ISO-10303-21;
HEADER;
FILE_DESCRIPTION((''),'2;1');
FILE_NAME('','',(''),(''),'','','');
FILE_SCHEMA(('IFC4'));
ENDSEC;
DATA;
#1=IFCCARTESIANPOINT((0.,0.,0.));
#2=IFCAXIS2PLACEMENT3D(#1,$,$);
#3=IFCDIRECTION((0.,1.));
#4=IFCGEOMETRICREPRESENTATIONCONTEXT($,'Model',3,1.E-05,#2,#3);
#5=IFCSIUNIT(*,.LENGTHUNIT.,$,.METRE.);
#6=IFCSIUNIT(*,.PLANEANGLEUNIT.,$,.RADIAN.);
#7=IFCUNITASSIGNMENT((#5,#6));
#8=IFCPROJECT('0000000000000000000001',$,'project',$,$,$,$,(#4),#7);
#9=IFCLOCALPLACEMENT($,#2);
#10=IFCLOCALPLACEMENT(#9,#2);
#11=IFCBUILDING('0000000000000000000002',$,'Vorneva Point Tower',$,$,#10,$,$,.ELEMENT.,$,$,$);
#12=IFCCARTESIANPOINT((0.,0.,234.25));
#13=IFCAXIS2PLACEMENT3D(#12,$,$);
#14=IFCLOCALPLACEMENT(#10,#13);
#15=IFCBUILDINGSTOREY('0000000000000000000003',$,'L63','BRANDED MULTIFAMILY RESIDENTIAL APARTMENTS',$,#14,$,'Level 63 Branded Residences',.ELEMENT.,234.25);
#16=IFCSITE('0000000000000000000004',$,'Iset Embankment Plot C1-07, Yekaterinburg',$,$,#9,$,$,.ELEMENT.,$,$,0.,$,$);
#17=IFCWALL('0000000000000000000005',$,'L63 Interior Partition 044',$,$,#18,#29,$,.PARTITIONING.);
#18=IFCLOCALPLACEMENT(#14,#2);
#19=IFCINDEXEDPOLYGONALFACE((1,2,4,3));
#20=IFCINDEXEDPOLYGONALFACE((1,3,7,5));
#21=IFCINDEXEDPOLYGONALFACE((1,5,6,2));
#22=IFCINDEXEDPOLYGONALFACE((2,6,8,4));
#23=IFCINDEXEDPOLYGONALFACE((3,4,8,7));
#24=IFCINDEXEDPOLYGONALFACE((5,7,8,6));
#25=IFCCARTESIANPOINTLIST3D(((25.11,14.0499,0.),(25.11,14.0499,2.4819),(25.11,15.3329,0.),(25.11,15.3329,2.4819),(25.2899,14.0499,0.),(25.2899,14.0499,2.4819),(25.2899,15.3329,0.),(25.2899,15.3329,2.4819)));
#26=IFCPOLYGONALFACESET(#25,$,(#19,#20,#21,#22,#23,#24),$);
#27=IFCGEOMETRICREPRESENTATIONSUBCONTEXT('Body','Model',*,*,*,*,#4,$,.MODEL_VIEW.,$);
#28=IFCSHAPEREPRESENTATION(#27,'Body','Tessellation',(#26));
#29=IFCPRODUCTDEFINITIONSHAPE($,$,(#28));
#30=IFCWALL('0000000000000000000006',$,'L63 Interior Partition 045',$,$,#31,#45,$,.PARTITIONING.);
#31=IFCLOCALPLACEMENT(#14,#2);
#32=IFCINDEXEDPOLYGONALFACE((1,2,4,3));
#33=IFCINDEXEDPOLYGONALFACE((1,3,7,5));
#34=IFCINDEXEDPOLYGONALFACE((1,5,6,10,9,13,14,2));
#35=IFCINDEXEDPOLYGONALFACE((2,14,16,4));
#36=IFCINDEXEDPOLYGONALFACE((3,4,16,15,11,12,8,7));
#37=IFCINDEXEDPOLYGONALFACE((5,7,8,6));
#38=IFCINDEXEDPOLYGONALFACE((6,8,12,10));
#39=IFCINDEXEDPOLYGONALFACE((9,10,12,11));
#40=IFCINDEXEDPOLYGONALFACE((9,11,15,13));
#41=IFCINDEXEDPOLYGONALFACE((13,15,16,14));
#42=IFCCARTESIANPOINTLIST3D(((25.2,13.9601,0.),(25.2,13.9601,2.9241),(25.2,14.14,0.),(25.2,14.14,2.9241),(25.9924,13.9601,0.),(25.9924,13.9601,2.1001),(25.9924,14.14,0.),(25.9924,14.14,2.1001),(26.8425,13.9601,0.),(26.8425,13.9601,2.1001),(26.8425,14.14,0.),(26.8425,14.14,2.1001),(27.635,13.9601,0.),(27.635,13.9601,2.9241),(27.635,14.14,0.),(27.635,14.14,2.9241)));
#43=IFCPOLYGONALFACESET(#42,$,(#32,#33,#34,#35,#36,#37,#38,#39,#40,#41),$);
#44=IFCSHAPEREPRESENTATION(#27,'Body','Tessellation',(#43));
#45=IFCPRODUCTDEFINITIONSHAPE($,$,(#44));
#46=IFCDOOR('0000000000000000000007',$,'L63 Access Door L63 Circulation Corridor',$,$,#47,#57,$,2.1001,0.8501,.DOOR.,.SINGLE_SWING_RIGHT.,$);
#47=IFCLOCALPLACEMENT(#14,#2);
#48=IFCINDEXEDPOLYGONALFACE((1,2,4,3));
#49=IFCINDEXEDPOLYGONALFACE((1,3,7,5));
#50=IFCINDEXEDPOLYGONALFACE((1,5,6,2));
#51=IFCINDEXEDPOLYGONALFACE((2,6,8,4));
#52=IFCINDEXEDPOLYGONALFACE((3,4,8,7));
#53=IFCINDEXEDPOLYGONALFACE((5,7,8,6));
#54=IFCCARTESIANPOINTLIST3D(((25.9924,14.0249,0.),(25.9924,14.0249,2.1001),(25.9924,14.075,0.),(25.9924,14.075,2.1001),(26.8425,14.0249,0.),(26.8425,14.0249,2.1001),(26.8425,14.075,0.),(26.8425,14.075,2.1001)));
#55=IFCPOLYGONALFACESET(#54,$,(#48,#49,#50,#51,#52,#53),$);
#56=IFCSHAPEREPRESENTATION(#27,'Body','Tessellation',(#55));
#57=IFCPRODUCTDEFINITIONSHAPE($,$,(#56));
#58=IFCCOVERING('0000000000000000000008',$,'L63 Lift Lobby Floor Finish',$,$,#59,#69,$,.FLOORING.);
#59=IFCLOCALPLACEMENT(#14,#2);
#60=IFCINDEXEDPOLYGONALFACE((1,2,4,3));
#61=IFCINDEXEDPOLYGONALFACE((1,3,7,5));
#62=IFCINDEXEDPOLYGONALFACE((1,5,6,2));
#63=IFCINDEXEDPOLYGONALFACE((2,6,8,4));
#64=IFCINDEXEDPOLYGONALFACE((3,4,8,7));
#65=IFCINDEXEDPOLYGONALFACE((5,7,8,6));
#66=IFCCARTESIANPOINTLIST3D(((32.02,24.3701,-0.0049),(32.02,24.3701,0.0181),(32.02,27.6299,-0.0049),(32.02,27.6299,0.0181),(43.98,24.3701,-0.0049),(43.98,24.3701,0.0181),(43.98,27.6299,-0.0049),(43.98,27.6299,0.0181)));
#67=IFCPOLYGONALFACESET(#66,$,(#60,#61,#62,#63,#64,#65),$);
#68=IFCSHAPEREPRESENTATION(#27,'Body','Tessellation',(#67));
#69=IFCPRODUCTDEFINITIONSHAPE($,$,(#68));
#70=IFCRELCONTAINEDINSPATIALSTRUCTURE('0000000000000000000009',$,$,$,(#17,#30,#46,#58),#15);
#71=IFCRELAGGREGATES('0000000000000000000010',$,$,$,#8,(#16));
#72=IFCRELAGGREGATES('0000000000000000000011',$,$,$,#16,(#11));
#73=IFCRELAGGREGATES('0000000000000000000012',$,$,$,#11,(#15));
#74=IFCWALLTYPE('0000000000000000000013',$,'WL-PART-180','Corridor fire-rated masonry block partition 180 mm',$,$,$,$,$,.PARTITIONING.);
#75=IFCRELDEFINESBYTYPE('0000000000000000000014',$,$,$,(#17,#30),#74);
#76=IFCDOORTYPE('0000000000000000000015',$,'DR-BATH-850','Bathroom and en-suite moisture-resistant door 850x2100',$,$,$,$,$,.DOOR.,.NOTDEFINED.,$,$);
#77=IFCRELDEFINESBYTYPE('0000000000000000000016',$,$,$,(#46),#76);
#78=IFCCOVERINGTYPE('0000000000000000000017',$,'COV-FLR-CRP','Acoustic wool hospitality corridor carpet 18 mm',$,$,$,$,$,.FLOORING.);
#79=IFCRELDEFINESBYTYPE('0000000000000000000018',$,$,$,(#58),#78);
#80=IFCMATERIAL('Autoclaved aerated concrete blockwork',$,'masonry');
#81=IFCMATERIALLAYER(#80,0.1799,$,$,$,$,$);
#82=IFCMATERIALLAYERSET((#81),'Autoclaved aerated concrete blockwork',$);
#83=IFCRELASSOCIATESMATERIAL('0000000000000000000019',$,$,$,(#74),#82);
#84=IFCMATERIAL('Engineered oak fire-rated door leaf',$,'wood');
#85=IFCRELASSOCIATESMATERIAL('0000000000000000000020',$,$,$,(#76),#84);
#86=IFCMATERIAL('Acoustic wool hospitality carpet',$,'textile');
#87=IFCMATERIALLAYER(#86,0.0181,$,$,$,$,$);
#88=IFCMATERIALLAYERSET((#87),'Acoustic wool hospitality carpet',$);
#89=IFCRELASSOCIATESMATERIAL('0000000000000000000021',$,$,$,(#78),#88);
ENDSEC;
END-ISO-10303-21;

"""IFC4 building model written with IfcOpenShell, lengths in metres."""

from ifc_helpers import new_model, si_unit, direction, frame, frame_2d, origin, place, context, subcontext, project, spatial, polyline, rectangle, outline, extrude, material, layer, layer_set, type_object, element, fill, save


model = new_model("IFC4")

# Units and contexts
model_context = context("Model", 3, precision=1e-05, world=origin(), true_north=direction((0.0, 1.0)))
body_context = subcontext(model_context, "Body", "Model", "MODEL_VIEW")
ifc_project = project(units=[si_unit("LENGTHUNIT", "METRE"), si_unit("PLANEANGLEUNIT", "RADIAN")], contexts=[model_context])

# Site, building, storey
site_placement = place(None, origin())
site = spatial("IfcSite", under=ifc_project, at=site_placement, Name="Iset Embankment Plot C1-07, Yekaterinburg", CompositionType="ELEMENT", RefElevation=0.0)
building_placement = place(site_placement, origin())
building = spatial("IfcBuilding", under=site, at=building_placement, Name="Vorneva Point Tower", CompositionType="ELEMENT")
storey_placement = place(building_placement, frame((0.0, 0.0, 234.25)))
storey = spatial("IfcBuildingStorey", under=building, at=storey_placement, Name="L63", Description="BRANDED MULTIFAMILY RESIDENTIAL APARTMENTS", LongName="Level 63 Branded Residences", CompositionType="ELEMENT", Elevation=234.25)

# Wall
ifc_material_1 = material(Name="Autoclaved aerated concrete blockwork", Category="masonry")
ifc_layer_1 = layer(ifc_material_1, 0.1799)
ifc_layer_set_1 = layer_set([ifc_layer_1], Name="Autoclaved aerated concrete blockwork")
wall_type_1 = type_object("IfcWallType", Name="WL-PART-180", Description="Corridor fire-rated masonry block partition 180 mm", PredefinedType="PARTITIONING", material=ifc_layer_set_1)
wall_1_placement = place(storey_placement, frame((25.2, 15.333, 0.0), z_axis=(0.0, 0.0, 1.0), x_axis=(0.0, -1.0, 0.0)))
element("IfcWall", 1, at=wall_1_placement, inside=storey, type_object=wall_type_1, Name="L63 Interior Partition 044", PredefinedType="PARTITIONING", context=body_context, shape_type="SweptSolid", body=[
    extrude(rectangle(XDim=1.283, YDim=0.1799, at=frame_2d((0.6416, 0.0))), origin(), (0.0, 0.0, 1.0), 2.4819),
])

# Wall, opening, door
wall_2_placement = place(storey_placement, frame((25.2, 14.05, 0.0), z_axis=(0.0, 0.0, 1.0), x_axis=(1.0, 0.0, 0.0)))
wall_2 = element("IfcWall", 2, at=wall_2_placement, inside=storey, type_object=wall_type_1, Name="L63 Interior Partition 045", PredefinedType="PARTITIONING", context=body_context, shape_type="SweptSolid", body=[
    extrude(rectangle(XDim=2.4351, YDim=0.1799, at=frame_2d((1.2175, 0.0))), origin(), (0.0, 0.0, 1.0), 2.9241),
])
opening_1_placement = place(wall_2_placement, frame((0.7925, 0.0, 0.0)))
opening_1 = element("IfcOpeningElement", 3, at=opening_1_placement, cuts=wall_2, PredefinedType="OPENING", context=body_context, shape_type="SweptSolid", body=[
    extrude(rectangle(XDim=0.8501, YDim=2.1001, at=frame_2d((0.425, 1.05))), frame((0.0, 0.105, 0.0), z_axis=(0.0, -1.0, 0.0), x_axis=(1.0, 0.0, 0.0)), (0.0, 0.0, 1.0), 0.2097),
])
ifc_material_2 = material(Name="Engineered oak fire-rated door leaf", Category="wood")
door_type = type_object("IfcDoorType", Name="DR-BATH-850", Description="Bathroom and en-suite moisture-resistant door 850x2100", OperationType="NOTDEFINED", PredefinedType="DOOR", material=ifc_material_2)
door_placement = place(opening_1_placement, origin())
door = element("IfcDoor", 4, at=door_placement, inside=storey, type_object=door_type, Name="L63 Access Door L63 Circulation Corridor", OperationType="SINGLE_SWING_RIGHT", OverallHeight=2.1001, OverallWidth=0.8501, PredefinedType="DOOR", context=body_context, shape_type="SweptSolid", body=[
    extrude(rectangle(XDim=0.8501, YDim=2.1001, at=frame_2d((0.425, 1.05))), frame((0.0, 0.0249, 0.0), z_axis=(0.0, -1.0, 0.0), x_axis=(1.0, 0.0, 0.0)), (0.0, 0.0, 1.0), 0.05),
])
fill(opening_1, door)

# Covering
ifc_material_3 = material(Name="Acoustic wool hospitality carpet", Category="textile")
ifc_layer_2 = layer(ifc_material_3, 0.0181)
ifc_layer_set_2 = layer_set([ifc_layer_2], Name="Acoustic wool hospitality carpet")
covering_type = type_object("IfcCoveringType", Name="COV-FLR-CRP", Description="Acoustic wool hospitality corridor carpet 18 mm", PredefinedType="FLOORING", material=ifc_layer_set_2)
covering_placement = place(storey_placement, frame((0.0, 0.0, -0.0049)))
element("IfcCovering", 5, at=covering_placement, inside=storey, type_object=covering_type, Name="L63 Lift Lobby Floor Finish", PredefinedType="FLOORING", context=body_context, shape_type="SweptSolid", body=[
    extrude(outline(polyline([(32.02, 24.3701), (43.98, 24.3701), (43.98, 27.6299), (32.02, 27.6299), (32.02, 24.3701)])), origin(), (0.0, 0.0, 1.0), 0.0229),
])

save(model, "model.ifc")
